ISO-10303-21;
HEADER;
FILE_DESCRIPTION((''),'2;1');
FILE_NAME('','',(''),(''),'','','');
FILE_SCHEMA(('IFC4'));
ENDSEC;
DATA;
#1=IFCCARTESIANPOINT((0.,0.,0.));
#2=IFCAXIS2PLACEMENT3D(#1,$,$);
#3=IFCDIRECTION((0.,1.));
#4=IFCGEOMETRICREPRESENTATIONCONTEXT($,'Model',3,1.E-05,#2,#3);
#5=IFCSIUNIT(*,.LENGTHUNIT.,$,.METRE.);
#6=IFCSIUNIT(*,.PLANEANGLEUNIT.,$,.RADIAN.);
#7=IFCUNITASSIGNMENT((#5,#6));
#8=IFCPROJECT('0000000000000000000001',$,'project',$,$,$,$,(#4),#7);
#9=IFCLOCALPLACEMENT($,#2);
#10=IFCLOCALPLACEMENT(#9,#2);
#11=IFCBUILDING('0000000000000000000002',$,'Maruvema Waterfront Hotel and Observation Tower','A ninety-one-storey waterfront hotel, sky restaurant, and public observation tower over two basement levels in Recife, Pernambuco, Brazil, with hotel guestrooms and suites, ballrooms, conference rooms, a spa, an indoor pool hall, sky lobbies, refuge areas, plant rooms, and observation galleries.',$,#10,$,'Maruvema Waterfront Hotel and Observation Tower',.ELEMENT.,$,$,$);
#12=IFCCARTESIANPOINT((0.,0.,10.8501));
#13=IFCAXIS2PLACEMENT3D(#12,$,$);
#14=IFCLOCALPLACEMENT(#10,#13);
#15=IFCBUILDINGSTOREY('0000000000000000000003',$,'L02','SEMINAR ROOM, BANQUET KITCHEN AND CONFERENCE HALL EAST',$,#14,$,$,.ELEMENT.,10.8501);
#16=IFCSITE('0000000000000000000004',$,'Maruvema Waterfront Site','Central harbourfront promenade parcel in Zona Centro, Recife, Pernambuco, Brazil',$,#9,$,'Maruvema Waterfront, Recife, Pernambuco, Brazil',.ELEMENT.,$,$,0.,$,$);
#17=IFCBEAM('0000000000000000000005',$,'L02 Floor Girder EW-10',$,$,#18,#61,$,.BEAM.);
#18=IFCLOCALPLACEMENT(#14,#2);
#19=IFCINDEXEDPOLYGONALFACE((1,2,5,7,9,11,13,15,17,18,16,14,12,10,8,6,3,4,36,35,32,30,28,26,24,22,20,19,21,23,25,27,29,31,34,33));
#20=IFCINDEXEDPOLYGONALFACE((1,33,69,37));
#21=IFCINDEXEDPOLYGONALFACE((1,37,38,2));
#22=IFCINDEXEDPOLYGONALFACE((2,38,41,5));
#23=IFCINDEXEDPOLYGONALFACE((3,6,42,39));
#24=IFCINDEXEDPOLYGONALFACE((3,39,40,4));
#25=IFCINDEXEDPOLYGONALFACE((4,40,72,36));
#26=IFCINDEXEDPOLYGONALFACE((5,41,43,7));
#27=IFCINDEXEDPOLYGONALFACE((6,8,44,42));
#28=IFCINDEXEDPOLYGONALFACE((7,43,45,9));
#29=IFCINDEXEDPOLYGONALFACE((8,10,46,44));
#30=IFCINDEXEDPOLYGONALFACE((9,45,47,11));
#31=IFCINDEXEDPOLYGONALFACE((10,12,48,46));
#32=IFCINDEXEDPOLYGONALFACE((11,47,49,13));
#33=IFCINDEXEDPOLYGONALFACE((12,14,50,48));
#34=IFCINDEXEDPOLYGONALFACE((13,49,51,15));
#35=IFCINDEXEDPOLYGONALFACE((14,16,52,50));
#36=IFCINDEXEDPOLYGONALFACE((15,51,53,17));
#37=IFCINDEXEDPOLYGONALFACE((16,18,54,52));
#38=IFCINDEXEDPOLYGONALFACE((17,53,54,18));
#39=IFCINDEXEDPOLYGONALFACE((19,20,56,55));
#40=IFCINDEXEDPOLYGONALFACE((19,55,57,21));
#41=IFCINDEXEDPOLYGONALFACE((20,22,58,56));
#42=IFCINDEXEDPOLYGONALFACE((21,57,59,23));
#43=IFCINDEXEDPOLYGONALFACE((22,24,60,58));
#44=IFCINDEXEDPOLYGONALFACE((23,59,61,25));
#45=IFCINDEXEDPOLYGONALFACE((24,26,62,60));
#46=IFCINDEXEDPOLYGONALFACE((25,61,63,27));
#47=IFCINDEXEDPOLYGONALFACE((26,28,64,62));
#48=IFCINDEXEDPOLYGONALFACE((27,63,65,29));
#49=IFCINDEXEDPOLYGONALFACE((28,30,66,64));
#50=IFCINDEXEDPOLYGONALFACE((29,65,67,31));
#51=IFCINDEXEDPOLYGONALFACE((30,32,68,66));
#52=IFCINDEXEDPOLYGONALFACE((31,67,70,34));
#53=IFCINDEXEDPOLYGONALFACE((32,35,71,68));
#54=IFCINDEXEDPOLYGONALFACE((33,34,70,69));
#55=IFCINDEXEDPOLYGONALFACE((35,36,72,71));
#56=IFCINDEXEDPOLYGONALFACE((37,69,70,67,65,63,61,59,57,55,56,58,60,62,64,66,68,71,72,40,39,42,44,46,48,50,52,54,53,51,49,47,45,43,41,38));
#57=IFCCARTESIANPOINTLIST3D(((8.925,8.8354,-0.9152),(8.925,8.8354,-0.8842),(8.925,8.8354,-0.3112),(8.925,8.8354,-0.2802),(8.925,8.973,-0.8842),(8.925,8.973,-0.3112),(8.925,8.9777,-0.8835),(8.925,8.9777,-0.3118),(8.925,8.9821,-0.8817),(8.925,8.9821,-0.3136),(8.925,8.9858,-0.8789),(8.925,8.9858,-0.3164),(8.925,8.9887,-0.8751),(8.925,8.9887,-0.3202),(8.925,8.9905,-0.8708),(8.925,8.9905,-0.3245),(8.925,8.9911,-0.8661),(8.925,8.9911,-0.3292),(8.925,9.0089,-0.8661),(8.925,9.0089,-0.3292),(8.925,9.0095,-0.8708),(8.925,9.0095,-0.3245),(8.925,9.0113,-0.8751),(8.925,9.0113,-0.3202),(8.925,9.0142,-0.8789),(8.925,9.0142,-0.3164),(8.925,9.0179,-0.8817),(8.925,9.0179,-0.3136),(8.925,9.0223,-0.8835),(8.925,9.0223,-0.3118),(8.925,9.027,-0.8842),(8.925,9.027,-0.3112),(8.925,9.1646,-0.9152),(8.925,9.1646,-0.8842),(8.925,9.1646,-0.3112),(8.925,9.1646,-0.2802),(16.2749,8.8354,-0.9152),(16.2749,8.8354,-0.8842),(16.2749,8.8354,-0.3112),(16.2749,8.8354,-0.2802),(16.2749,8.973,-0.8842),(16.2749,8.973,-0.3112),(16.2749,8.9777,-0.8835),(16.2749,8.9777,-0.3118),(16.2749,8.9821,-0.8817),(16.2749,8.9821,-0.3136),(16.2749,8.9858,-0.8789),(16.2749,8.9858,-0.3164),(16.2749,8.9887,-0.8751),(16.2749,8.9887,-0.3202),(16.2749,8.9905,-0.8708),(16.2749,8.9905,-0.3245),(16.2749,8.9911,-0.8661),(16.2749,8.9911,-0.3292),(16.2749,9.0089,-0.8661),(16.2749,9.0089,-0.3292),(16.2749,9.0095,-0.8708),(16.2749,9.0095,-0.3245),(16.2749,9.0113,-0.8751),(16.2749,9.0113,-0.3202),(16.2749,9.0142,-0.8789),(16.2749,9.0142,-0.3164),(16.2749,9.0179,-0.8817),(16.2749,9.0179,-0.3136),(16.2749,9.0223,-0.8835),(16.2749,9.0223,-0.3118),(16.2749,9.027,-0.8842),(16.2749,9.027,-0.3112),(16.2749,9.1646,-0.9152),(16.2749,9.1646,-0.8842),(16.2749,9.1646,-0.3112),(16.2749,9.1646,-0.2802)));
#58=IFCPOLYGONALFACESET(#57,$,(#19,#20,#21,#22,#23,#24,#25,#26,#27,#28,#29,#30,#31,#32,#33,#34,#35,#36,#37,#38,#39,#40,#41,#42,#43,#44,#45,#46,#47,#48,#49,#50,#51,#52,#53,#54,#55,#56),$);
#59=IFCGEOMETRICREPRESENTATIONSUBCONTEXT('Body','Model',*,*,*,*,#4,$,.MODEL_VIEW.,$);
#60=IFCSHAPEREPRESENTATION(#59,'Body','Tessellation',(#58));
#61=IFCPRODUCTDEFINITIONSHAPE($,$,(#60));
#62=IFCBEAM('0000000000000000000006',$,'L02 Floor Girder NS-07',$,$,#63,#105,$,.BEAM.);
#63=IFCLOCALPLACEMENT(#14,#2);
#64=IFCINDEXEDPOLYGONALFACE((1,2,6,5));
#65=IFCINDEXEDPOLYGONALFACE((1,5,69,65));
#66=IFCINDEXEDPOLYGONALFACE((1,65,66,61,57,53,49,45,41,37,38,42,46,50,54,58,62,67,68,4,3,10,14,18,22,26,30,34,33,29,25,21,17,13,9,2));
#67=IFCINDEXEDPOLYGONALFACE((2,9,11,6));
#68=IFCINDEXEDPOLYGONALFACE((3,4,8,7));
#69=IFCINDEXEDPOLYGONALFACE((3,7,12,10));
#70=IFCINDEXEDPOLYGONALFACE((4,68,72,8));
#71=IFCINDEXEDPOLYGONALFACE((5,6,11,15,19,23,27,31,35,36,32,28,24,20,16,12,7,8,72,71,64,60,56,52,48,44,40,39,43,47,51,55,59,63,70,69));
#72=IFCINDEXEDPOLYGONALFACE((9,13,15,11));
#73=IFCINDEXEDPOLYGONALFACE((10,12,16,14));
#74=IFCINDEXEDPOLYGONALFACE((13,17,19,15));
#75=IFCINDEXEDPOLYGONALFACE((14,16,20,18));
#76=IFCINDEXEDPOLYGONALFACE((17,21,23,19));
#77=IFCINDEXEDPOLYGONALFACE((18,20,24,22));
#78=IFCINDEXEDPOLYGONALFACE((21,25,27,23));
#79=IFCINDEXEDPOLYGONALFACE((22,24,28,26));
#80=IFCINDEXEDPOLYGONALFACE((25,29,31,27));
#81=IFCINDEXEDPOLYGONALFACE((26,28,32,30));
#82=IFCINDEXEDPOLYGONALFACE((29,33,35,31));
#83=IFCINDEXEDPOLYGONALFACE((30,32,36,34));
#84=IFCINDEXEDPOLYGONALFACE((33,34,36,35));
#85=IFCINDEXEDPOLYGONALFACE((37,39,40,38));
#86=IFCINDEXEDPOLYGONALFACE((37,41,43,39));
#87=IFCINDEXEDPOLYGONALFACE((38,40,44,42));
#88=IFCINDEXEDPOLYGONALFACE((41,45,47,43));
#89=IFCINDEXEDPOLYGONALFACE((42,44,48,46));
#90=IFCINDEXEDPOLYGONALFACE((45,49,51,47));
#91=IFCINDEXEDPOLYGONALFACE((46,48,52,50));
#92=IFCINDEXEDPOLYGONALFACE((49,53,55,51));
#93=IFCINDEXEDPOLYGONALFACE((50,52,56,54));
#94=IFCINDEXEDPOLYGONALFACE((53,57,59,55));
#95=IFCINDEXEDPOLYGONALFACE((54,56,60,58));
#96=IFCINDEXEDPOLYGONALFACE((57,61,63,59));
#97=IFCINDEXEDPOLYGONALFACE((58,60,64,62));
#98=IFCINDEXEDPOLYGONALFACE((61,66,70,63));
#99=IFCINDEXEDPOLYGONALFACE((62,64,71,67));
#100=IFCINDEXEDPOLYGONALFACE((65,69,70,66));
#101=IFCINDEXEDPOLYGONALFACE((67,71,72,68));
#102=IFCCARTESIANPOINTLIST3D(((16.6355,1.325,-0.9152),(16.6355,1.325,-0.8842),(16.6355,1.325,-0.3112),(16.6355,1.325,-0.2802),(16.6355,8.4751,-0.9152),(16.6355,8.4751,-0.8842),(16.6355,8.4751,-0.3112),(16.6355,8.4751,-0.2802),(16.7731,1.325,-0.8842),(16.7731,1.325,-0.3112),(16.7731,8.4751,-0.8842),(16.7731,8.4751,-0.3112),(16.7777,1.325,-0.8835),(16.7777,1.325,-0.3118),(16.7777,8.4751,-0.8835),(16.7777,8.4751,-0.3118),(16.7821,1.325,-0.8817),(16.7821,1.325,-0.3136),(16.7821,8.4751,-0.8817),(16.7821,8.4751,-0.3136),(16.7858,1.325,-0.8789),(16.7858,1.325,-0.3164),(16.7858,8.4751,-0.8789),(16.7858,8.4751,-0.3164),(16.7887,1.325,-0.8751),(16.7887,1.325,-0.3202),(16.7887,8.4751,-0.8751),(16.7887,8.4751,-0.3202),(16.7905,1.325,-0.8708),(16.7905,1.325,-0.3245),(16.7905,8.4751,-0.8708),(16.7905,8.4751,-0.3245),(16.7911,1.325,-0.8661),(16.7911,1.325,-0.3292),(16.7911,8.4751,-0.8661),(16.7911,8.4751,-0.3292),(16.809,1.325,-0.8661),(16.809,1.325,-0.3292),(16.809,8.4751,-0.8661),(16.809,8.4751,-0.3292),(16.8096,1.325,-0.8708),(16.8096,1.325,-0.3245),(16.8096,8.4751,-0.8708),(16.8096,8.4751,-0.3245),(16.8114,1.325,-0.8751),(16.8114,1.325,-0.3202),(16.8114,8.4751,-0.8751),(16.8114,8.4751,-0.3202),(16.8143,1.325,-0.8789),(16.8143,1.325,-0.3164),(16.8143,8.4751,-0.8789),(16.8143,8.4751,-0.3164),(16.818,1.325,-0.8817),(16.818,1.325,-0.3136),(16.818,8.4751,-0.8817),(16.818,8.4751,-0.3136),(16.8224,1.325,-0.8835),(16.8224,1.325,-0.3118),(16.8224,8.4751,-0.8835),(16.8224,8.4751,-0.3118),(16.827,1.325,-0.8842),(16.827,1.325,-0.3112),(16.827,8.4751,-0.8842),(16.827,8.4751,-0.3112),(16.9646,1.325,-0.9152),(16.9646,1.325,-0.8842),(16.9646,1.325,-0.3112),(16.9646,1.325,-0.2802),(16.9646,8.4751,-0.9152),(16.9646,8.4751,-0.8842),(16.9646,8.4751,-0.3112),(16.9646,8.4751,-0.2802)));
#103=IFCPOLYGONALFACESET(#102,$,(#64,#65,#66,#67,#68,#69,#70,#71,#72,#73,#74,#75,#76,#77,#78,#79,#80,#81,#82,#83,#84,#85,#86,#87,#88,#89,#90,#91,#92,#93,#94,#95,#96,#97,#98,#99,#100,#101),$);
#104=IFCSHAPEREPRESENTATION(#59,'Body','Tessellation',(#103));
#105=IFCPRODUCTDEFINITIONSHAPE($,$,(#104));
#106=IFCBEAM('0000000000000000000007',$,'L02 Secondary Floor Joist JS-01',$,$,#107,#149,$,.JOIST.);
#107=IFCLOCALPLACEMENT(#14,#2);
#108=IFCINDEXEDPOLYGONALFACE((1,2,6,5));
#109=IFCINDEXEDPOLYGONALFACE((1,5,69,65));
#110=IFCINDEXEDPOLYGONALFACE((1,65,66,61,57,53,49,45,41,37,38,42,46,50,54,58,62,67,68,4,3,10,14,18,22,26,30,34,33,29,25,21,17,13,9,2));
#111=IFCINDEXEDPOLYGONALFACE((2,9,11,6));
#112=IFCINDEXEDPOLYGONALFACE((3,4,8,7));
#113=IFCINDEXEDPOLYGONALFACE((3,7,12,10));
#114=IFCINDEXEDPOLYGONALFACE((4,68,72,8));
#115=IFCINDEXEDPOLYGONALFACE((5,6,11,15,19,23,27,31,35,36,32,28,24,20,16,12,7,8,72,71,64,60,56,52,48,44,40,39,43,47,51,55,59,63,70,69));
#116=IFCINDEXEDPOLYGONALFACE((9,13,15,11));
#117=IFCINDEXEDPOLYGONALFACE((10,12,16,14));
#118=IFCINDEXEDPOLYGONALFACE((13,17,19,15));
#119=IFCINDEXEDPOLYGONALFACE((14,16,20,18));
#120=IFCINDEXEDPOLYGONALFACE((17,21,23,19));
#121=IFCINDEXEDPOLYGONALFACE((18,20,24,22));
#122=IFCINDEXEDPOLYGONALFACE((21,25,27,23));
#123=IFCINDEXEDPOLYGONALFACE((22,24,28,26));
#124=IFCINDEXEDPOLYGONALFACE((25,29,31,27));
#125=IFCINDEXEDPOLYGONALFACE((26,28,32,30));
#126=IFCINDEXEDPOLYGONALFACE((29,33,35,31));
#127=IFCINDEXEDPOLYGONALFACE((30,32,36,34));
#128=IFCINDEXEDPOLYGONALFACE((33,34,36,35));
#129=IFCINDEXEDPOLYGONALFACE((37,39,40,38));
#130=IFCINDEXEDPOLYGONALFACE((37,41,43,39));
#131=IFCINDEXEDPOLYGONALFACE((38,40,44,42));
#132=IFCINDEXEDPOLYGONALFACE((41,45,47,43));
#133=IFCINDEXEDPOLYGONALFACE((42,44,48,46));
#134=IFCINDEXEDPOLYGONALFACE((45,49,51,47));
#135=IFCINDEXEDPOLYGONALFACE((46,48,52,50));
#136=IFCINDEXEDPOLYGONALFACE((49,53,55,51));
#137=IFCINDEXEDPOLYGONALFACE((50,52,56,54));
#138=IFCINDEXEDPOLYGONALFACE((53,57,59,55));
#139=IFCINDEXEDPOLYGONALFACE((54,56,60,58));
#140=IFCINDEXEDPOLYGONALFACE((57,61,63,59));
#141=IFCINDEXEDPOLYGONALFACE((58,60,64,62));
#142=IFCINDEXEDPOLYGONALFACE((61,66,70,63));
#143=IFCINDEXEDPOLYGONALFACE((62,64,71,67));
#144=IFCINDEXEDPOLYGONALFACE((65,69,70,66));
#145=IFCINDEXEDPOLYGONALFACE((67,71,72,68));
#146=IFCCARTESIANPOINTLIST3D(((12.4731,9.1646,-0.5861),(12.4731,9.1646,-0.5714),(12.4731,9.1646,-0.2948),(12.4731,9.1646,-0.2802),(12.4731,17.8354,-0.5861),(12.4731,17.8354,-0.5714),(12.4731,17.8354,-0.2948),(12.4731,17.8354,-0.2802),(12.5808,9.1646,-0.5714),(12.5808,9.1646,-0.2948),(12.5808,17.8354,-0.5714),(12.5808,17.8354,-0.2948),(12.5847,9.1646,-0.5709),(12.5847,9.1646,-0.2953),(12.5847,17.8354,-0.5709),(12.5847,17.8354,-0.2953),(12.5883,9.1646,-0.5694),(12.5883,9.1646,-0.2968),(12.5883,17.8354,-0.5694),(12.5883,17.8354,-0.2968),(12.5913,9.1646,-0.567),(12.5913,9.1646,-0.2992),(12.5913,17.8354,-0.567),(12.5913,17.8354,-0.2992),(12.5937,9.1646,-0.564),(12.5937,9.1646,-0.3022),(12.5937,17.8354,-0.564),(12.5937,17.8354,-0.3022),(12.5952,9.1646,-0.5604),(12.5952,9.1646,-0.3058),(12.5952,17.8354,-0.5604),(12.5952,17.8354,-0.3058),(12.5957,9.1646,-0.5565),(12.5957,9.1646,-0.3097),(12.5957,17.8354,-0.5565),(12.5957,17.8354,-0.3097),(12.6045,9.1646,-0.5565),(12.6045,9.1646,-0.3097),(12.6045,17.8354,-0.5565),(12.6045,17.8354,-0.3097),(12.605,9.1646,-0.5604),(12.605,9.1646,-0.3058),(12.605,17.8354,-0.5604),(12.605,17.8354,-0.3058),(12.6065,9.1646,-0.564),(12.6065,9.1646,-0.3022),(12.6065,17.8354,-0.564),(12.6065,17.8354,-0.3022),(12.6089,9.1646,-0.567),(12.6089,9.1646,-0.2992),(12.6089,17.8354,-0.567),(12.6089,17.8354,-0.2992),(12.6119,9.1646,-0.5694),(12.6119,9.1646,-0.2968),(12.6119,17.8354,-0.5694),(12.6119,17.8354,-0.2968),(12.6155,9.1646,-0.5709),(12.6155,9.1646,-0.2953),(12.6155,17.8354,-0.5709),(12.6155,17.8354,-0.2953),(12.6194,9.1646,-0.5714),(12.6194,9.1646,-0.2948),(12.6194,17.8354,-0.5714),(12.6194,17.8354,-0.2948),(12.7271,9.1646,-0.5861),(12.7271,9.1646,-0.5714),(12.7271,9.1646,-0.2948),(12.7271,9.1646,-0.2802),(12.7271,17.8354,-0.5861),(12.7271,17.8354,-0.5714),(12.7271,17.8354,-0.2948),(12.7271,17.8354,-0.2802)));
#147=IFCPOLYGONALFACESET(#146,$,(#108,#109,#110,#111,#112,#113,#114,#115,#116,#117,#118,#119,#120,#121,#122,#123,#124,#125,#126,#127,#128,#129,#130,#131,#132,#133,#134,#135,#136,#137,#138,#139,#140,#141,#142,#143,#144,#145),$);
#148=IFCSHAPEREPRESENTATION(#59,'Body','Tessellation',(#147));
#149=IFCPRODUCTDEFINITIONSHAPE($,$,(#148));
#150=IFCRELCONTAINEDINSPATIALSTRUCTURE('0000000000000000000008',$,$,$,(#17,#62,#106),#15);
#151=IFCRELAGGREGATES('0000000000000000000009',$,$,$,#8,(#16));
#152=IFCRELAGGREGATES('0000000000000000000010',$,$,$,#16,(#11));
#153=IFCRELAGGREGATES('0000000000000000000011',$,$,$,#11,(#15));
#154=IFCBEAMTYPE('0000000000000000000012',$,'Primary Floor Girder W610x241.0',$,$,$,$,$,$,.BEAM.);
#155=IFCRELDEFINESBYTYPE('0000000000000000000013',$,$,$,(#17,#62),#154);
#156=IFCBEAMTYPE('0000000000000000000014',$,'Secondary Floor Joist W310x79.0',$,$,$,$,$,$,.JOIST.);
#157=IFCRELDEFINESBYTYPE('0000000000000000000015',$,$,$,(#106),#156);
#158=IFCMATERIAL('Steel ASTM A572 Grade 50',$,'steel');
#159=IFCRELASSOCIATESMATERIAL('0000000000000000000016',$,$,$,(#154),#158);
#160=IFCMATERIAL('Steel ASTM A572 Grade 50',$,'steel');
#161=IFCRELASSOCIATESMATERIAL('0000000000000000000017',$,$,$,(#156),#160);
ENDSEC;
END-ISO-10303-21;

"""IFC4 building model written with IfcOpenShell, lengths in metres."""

from ifc_helpers import new_model, si_unit, direction, frame, origin, origin_2d, place, context, subcontext, project, spatial, i_section, extrude, material, material_profile, profile_set, type_object, element, save


model = new_model("IFC4")

# Units and contexts
model_context = context("Model", 3, precision=1e-05, world=origin(), true_north=direction((0.0, 1.0)))
body_context = subcontext(model_context, "Body", "Model", "MODEL_VIEW")
ifc_project = project(units=[si_unit("LENGTHUNIT", "METRE"), si_unit("PLANEANGLEUNIT", "RADIAN")], contexts=[model_context])

# Site, building, storey
site_placement = place(None, origin())
site = spatial("IfcSite", under=ifc_project, at=site_placement, Name="Maruvema Waterfront Site", Description="Central harbourfront promenade parcel in Zona Centro, Recife, Pernambuco, Brazil", LongName="Maruvema Waterfront, Recife, Pernambuco, Brazil", CompositionType="ELEMENT", RefElevation=0.0)
building_placement = place(site_placement, origin())
building = spatial("IfcBuilding", under=site, at=building_placement, Name="Maruvema Waterfront Hotel and Observation Tower", Description="A ninety-one-storey waterfront hotel, sky restaurant, and public observation tower over two basement levels in Recife, Pernambuco, Brazil, with hotel guestrooms and suites, ballrooms, conference rooms, a spa, an indoor pool hall, sky lobbies, refuge areas, plant rooms, and observation galleries.", LongName="Maruvema Waterfront Hotel and Observation Tower", CompositionType="ELEMENT")
storey_placement = place(building_placement, frame((0.0, 0.0, 10.8501)))
storey = spatial("IfcBuildingStorey", under=building, at=storey_placement, Name="L02", Description="SEMINAR ROOM, BANQUET KITCHEN AND CONFERENCE HALL EAST", CompositionType="ELEMENT", Elevation=10.8501)

# Beams
ifc_material_1 = material(Name="Steel ASTM A572 Grade 50", Category="steel")
ifc_material_profile_1 = material_profile(ifc_material_1, i_section(OverallWidth=0.3291, OverallDepth=0.635, WebThickness=0.0178, FlangeThickness=0.031, FilletRadius=0.0181, at=origin_2d()), Name="W610x241.0")
ifc_profile_set_1 = profile_set([ifc_material_profile_1], Name="Steel ASTM A572 Grade 50")
beam_type_1 = type_object("IfcBeamType", Name="Primary Floor Girder W610x241.0", PredefinedType="BEAM", material=ifc_profile_set_1)
beam_1_placement = place(storey_placement, frame((8.925, 9.0, -0.5977), z_axis=(1.0, 0.0, 0.0), x_axis=(0.0, 1.0, 0.0)))
element("IfcBeam", 1, at=beam_1_placement, inside=storey, type_object=beam_type_1, Name="L02 Floor Girder EW-10", PredefinedType="BEAM", context=body_context, shape_type="SweptSolid", body=[
    extrude(i_section(OverallWidth=0.3291, OverallDepth=0.635, WebThickness=0.0178, FlangeThickness=0.031, FilletRadius=0.0181, at=origin_2d()), origin(), (0.0, 0.0, 1.0), 7.3499),
])
beam_2_placement = place(storey_placement, frame((16.8, 1.325, -0.5977), z_axis=(0.0, 1.0, 0.0), x_axis=(-1.0, 0.0, 0.0)))
element("IfcBeam", 2, at=beam_2_placement, inside=storey, type_object=beam_type_1, Name="L02 Floor Girder NS-07", PredefinedType="BEAM", context=body_context, shape_type="SweptSolid", body=[
    extrude(i_section(OverallWidth=0.3291, OverallDepth=0.635, WebThickness=0.0178, FlangeThickness=0.031, FilletRadius=0.0181, at=origin_2d()), origin(), (0.0, 0.0, 1.0), 7.1501),
])
ifc_material_2 = material(Name="Steel ASTM A572 Grade 50", Category="steel")
ifc_material_profile_2 = material_profile(ifc_material_2, i_section(OverallWidth=0.2539, OverallDepth=0.3059, WebThickness=0.0088, FlangeThickness=0.0146, FilletRadius=0.0149, at=origin_2d()), Name="W310x79.0")
ifc_profile_set_2 = profile_set([ifc_material_profile_2], Name="Steel ASTM A572 Grade 50")
beam_type_2 = type_object("IfcBeamType", Name="Secondary Floor Joist W310x79.0", PredefinedType="JOIST", material=ifc_profile_set_2)
beam_3_placement = place(storey_placement, frame((12.6001, 9.1646, -0.4331), z_axis=(0.0, 1.0, 0.0), x_axis=(-1.0, 0.0, 0.0)))
element("IfcBeam", 3, at=beam_3_placement, inside=storey, type_object=beam_type_2, Name="L02 Secondary Floor Joist JS-01", PredefinedType="JOIST", context=body_context, shape_type="SweptSolid", body=[
    extrude(i_section(OverallWidth=0.2539, OverallDepth=0.3059, WebThickness=0.0088, FlangeThickness=0.0146, FilletRadius=0.0149, at=origin_2d()), origin(), (0.0, 0.0, 1.0), 8.6709),
])

save(model, "model.ifc")
